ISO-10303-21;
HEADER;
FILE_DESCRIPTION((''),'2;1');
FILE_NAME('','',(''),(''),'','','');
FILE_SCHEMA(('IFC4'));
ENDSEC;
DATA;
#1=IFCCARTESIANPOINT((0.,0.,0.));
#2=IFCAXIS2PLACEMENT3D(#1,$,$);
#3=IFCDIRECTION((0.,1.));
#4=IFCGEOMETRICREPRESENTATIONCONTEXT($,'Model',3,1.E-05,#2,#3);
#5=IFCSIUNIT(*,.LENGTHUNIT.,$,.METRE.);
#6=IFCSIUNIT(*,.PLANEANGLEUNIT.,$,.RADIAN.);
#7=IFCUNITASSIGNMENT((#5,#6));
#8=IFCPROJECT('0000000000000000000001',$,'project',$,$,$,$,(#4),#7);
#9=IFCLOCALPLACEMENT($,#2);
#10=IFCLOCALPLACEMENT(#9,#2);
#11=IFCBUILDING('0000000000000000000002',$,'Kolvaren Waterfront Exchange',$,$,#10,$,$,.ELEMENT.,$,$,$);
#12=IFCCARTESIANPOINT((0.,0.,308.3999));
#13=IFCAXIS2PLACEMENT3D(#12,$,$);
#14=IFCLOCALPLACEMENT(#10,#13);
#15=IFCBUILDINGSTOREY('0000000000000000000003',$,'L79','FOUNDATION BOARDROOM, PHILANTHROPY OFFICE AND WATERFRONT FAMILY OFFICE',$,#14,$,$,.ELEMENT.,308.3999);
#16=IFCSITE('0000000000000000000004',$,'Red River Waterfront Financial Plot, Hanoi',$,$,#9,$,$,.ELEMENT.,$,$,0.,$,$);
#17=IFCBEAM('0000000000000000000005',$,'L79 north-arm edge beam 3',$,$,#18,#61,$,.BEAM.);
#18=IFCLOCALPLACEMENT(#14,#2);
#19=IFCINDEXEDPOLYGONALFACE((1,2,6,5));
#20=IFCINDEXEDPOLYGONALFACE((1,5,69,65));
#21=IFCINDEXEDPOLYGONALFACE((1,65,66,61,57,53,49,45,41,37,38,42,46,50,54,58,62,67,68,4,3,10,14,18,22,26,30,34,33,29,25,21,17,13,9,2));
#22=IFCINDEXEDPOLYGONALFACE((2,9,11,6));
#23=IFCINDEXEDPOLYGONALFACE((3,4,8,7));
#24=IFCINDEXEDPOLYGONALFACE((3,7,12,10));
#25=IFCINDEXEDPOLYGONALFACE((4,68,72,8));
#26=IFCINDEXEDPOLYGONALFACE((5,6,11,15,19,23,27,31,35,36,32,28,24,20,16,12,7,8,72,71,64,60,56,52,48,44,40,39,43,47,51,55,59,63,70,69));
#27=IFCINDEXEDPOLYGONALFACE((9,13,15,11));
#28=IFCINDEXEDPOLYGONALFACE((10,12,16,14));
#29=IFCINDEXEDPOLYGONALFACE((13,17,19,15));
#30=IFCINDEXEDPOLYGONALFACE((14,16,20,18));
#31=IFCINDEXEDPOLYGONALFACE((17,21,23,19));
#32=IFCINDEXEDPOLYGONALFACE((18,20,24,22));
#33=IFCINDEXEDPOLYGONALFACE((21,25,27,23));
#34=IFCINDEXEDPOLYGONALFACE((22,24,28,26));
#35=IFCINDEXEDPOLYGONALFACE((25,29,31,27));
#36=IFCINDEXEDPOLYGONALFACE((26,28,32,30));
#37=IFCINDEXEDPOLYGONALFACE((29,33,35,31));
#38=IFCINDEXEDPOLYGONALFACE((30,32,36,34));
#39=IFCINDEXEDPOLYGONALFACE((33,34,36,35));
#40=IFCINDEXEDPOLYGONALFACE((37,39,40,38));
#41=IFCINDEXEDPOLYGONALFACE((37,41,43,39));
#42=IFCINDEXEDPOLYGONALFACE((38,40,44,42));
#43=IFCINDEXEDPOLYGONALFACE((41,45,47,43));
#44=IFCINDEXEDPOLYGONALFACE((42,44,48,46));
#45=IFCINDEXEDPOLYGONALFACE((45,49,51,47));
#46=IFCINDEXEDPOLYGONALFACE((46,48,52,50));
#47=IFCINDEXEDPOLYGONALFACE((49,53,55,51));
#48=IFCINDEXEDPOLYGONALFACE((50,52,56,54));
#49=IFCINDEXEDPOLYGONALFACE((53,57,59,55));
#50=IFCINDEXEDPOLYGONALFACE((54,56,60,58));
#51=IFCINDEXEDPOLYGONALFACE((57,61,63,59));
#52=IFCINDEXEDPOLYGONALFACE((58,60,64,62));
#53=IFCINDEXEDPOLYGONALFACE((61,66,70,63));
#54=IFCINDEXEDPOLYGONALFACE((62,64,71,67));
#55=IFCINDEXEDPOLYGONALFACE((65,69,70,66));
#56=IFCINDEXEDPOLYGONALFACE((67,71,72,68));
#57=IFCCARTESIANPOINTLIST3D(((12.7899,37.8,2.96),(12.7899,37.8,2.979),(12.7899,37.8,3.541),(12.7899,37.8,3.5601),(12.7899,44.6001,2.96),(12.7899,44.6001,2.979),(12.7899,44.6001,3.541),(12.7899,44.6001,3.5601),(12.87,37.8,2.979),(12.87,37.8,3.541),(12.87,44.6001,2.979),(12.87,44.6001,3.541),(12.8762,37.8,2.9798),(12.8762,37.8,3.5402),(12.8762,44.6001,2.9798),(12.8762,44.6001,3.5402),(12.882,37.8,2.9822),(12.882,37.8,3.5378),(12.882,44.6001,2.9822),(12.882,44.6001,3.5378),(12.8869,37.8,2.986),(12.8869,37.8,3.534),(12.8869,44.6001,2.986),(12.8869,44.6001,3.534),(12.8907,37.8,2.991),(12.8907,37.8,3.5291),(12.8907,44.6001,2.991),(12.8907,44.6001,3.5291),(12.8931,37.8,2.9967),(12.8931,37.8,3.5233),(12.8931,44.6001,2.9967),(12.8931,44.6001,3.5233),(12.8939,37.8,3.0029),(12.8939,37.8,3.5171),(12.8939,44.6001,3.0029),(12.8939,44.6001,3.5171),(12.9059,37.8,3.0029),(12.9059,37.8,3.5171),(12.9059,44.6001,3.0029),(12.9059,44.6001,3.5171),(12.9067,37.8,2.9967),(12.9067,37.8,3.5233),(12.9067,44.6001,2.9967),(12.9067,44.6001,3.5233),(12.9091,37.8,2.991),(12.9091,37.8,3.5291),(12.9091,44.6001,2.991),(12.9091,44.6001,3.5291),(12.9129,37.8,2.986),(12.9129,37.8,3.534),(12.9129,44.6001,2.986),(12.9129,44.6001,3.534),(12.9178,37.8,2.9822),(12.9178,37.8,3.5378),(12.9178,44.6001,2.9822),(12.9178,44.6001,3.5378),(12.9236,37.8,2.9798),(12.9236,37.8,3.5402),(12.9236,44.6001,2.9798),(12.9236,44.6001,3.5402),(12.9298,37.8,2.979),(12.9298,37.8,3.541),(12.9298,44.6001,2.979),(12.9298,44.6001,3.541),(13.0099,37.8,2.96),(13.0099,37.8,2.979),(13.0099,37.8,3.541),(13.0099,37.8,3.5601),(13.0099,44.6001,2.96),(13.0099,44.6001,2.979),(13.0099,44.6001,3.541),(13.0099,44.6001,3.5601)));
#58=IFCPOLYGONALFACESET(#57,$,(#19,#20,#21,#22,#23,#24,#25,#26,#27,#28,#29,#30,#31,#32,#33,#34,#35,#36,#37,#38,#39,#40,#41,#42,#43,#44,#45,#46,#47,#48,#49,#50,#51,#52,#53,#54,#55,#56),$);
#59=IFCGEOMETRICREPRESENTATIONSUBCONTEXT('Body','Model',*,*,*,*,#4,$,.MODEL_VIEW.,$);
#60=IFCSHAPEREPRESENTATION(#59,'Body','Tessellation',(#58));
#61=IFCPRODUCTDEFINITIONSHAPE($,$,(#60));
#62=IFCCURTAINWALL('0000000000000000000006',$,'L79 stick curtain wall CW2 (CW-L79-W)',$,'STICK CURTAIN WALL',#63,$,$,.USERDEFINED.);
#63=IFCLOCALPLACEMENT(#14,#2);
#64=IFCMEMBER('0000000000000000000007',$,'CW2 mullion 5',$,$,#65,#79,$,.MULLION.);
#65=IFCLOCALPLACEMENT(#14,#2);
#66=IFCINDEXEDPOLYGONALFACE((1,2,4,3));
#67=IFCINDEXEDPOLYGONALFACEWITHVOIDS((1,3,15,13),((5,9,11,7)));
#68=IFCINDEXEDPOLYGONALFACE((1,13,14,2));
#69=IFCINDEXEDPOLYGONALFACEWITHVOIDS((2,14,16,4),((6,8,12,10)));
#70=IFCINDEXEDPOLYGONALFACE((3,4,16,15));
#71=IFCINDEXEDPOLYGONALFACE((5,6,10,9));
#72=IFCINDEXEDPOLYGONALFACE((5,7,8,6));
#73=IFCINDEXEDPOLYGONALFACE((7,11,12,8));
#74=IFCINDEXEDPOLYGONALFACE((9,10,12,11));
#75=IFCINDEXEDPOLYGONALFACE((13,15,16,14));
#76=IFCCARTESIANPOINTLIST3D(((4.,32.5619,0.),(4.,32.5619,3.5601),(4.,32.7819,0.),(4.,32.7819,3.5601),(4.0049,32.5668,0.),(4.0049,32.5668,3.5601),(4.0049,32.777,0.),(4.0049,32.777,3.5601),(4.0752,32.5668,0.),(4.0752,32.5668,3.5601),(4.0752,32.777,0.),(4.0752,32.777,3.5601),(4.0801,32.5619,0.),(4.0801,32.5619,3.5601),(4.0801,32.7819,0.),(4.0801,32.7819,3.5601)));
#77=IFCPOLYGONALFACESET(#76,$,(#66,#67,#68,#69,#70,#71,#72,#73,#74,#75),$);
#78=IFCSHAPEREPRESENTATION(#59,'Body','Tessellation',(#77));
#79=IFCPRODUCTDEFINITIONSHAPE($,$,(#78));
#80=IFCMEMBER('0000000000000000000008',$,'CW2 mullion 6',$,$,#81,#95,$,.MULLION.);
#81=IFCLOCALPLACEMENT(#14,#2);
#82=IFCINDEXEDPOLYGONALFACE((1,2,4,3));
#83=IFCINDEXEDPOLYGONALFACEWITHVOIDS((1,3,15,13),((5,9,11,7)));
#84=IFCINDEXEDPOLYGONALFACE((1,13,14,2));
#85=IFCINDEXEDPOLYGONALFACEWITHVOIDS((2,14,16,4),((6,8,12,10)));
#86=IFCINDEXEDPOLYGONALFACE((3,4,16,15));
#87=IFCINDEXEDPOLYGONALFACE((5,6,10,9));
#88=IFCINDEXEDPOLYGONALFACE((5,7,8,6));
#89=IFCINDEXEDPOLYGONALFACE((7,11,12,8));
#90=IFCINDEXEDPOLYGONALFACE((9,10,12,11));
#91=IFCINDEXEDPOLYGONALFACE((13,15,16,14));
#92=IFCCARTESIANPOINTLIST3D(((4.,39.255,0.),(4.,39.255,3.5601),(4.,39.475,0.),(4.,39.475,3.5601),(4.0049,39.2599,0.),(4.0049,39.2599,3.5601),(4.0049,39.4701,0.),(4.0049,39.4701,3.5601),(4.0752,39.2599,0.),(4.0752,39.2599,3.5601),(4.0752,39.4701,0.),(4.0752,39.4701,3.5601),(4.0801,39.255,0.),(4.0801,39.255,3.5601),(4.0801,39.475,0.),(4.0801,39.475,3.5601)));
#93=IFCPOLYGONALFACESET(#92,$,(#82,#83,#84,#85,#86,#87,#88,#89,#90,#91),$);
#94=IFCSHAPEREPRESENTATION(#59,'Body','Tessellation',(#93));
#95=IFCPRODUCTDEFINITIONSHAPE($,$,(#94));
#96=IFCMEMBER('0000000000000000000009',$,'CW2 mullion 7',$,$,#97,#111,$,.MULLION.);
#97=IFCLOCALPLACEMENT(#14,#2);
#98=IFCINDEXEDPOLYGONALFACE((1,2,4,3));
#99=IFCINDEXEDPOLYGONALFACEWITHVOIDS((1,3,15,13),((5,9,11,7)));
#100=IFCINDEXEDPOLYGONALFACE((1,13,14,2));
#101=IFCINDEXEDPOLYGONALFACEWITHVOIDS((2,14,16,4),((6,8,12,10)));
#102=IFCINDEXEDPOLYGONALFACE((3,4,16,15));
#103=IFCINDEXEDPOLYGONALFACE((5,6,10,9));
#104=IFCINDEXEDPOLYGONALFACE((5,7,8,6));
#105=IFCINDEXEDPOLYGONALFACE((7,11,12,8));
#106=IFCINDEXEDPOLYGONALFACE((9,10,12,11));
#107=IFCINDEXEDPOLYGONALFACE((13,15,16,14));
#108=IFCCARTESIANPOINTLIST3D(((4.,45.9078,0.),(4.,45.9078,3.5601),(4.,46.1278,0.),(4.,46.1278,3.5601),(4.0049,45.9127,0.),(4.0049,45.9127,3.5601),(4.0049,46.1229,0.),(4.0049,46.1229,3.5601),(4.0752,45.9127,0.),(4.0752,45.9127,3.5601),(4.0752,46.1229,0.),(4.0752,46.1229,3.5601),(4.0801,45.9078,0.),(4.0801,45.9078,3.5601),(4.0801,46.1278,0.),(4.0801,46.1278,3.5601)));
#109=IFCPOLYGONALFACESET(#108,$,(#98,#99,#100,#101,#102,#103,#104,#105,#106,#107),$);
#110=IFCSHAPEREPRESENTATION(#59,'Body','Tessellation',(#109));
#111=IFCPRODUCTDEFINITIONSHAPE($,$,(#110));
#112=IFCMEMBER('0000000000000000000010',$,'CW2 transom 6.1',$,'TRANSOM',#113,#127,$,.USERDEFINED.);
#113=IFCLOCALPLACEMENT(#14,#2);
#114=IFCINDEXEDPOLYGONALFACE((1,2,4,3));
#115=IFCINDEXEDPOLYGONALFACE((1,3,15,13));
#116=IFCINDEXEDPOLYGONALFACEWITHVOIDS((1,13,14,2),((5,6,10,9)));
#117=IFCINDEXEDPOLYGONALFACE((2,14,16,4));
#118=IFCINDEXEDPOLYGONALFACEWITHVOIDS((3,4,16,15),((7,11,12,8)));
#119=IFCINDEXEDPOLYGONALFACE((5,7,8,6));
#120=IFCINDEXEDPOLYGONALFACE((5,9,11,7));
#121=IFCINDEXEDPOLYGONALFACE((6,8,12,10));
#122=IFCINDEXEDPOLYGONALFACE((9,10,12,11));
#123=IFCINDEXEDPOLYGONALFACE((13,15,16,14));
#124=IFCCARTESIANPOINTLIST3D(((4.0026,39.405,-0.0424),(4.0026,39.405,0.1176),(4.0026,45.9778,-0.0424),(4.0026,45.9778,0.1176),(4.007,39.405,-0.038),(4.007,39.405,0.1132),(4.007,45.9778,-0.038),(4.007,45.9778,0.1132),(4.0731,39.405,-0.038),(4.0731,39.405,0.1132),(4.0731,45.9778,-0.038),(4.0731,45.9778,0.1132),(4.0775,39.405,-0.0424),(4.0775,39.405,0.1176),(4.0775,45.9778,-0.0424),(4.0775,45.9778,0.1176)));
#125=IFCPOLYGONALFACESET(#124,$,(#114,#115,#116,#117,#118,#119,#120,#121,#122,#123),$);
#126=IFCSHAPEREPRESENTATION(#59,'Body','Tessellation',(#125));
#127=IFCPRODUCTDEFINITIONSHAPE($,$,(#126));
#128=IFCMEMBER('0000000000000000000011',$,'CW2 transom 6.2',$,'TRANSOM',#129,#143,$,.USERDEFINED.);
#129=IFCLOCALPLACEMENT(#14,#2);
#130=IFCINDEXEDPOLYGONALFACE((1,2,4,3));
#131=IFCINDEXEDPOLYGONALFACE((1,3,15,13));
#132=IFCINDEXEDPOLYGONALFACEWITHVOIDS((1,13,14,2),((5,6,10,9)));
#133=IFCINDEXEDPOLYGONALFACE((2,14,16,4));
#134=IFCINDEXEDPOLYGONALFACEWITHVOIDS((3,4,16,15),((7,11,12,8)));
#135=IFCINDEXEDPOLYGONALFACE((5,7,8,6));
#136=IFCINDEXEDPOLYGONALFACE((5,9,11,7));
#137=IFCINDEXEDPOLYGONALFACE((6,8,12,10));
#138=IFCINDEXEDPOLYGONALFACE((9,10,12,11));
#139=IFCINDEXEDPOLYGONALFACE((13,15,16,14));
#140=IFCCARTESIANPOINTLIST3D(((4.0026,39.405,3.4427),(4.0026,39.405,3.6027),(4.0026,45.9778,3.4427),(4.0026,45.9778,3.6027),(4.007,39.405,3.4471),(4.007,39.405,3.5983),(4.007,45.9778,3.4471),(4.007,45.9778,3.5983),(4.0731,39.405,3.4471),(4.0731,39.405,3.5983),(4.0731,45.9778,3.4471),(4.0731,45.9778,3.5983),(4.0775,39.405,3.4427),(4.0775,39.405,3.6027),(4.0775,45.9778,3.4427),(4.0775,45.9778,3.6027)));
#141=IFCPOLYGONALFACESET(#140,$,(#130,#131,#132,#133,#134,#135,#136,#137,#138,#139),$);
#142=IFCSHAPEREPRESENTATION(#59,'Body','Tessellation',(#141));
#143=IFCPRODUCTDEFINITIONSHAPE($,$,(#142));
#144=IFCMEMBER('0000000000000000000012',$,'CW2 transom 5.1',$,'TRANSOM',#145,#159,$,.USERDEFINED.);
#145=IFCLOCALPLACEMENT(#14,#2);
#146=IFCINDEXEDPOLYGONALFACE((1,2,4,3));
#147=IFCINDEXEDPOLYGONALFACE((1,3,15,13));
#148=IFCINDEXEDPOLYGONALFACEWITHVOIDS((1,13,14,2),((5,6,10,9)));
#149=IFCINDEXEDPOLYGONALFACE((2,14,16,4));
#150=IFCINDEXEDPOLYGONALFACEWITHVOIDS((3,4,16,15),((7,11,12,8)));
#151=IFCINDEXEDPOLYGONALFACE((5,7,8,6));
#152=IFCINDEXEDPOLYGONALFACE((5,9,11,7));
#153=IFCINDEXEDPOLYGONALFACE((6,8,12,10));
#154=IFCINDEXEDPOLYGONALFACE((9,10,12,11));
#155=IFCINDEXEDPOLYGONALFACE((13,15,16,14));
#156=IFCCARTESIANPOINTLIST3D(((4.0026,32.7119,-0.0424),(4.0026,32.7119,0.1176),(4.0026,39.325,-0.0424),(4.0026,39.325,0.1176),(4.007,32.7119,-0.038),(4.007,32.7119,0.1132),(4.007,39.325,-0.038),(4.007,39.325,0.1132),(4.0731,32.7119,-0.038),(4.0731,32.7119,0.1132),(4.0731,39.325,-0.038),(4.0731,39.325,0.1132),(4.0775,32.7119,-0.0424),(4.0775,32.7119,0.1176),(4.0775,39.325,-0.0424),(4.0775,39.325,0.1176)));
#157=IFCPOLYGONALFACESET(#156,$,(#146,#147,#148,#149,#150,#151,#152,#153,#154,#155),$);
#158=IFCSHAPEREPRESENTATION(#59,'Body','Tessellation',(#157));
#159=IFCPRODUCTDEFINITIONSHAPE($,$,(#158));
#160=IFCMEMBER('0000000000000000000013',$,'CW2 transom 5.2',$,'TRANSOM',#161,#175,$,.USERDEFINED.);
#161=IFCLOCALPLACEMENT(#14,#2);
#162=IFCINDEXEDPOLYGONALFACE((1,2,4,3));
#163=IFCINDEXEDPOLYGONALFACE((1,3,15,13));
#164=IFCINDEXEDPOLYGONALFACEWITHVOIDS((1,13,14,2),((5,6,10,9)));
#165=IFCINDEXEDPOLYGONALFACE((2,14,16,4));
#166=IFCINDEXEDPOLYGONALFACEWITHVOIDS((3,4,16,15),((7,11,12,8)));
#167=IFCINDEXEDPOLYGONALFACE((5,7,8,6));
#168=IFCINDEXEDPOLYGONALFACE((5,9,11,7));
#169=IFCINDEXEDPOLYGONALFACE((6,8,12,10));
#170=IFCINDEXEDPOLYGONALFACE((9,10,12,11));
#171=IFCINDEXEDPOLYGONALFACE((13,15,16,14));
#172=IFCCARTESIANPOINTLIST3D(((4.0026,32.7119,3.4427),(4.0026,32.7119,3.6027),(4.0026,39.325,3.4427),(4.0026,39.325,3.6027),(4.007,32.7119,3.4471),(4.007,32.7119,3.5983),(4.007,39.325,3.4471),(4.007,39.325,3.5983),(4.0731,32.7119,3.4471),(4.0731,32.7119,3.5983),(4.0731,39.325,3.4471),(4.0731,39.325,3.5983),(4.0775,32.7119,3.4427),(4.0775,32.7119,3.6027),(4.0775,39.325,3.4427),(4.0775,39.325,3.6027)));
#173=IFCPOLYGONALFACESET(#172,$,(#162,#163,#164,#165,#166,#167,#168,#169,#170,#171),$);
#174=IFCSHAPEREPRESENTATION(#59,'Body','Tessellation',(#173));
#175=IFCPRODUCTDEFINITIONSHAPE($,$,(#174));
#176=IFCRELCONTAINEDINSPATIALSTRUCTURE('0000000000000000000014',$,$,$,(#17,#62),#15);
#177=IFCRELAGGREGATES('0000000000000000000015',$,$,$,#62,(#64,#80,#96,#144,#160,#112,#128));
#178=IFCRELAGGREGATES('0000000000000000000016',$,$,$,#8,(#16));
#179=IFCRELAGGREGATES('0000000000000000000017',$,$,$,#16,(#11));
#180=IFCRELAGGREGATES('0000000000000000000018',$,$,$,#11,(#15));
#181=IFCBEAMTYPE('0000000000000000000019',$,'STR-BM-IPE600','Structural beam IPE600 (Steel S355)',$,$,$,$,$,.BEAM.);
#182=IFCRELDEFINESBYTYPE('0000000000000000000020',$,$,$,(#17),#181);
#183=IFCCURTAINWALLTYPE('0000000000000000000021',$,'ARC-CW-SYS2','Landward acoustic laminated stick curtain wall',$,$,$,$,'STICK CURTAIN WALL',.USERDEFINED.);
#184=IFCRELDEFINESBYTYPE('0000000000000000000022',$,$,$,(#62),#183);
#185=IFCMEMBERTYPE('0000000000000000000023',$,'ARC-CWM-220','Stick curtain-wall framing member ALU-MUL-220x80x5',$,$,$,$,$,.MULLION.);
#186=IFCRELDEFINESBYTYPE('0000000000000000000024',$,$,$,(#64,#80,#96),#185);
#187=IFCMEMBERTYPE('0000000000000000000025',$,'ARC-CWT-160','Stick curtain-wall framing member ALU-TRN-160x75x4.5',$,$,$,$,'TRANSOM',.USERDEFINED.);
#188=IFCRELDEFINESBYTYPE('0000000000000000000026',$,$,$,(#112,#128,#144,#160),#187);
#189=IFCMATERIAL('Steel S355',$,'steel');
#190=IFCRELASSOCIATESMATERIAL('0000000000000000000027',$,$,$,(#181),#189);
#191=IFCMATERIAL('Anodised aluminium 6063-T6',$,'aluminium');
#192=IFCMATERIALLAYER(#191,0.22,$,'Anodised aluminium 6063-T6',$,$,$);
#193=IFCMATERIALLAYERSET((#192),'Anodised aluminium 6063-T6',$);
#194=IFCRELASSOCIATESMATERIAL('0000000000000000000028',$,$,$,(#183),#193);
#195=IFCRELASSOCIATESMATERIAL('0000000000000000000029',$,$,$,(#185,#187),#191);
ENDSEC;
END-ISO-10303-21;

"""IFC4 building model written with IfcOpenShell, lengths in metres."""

from ifc_helpers import new_model, si_unit, direction, frame, origin, origin_with_axes, origin_2d, place, context, subcontext, project, spatial, hollow_rectangle, i_section, extrude, source, transform, mapped, material, layer, layer_set, material_profile, profile_set, type_object, element, aggregate, save


model = new_model("IFC4")

# Units and contexts
model_context = context("Model", 3, precision=1e-05, world=origin(), true_north=direction((0.0, 1.0)))
body_context = subcontext(model_context, "Body", "Model", "MODEL_VIEW")
ifc_project = project(units=[si_unit("LENGTHUNIT", "METRE"), si_unit("PLANEANGLEUNIT", "RADIAN")], contexts=[model_context])

# Site, building, storey
site_placement = place(None, origin())
site = spatial("IfcSite", under=ifc_project, at=site_placement, Name="Red River Waterfront Financial Plot, Hanoi", CompositionType="ELEMENT", RefElevation=0.0)
building_placement = place(site_placement, origin())
building = spatial("IfcBuilding", under=site, at=building_placement, Name="Kolvaren Waterfront Exchange", CompositionType="ELEMENT")
storey_placement = place(building_placement, frame((0.0, 0.0, 308.3999)))
storey = spatial("IfcBuildingStorey", under=building, at=storey_placement, Name="L79", Description="FOUNDATION BOARDROOM, PHILANTHROPY OFFICE AND WATERFRONT FAMILY OFFICE", CompositionType="ELEMENT", Elevation=308.3999)

# Beam
ifc_material_1 = material(Name="Steel S355", Category="steel")
ifc_material_profile_1 = material_profile(ifc_material_1, i_section(OverallWidth=0.22, OverallDepth=0.6001, WebThickness=0.012, FlangeThickness=0.019, FilletRadius=0.0239, at=origin_2d()), Name="IPE600")
ifc_profile_set_1 = profile_set([ifc_material_profile_1], Name="Steel S355")
beam_type_1 = type_object("IfcBeamType", Name="STR-BM-IPE600", Description="Structural beam IPE600 (Steel S355)", PredefinedType="BEAM", material=ifc_profile_set_1)
beam_1_placement = place(storey_placement, frame((12.8999, 37.8, 3.26), z_axis=(0.0, 1.0, 0.0), x_axis=(-1.0, 0.0, 0.0)))
element("IfcBeam", 1, at=beam_1_placement, inside=storey, type_object=beam_type_1, Name="L79 north-arm edge beam 3", PredefinedType="BEAM", context=body_context, shape_type="SweptSolid", body=[
    extrude(i_section(OverallWidth=0.22, OverallDepth=0.6001, WebThickness=0.012, FlangeThickness=0.019, FilletRadius=0.0239, at=origin_2d()), origin(), (0.0, 0.0, 1.0), 6.8),
])

# Curtain wall, members
ifc_material_2 = material(Name="Anodised aluminium 6063-T6", Category="aluminium")
ifc_layer_1 = layer(ifc_material_2, 0.22, Name="Anodised aluminium 6063-T6")
ifc_layer_set_1 = layer_set([ifc_layer_1], Name="Anodised aluminium 6063-T6")
curtain_wall_type = type_object("IfcCurtainWallType", Name="ARC-CW-SYS2", Description="Landward acoustic laminated stick curtain wall", ElementType="STICK CURTAIN WALL", PredefinedType="USERDEFINED", material=ifc_layer_set_1)
curtain_wall_placement = place(storey_placement, origin())
curtain_wall = element("IfcCurtainWall", 2, at=curtain_wall_placement, inside=storey, type_object=curtain_wall_type, Name="L79 stick curtain wall CW2 (CW-L79-W)", ObjectType="STICK CURTAIN WALL", PredefinedType="USERDEFINED")
ifc_material_profile_2 = material_profile(ifc_material_2, hollow_rectangle(XDim=0.0801, YDim=0.22, WallThickness=0.0049, at=origin_2d()), Name="ALU-MUL-220x80x5")
ifc_profile_set_2 = profile_set([ifc_material_profile_2], Name="Anodised aluminium 6063-T6")
member_type_1 = type_object("IfcMemberType", Name="ARC-CWM-220", Description="Stick curtain-wall framing member ALU-MUL-220x80x5", PredefinedType="MULLION", material=ifc_profile_set_2)
shared_shape_1 = source(origin_with_axes(), body_context, "Body", "SweptSolid", [
    extrude(hollow_rectangle(XDim=0.0801, YDim=0.22, WallThickness=0.0049, at=origin_2d()), origin(), (0.0, 0.0, 1.0), 3.5601),
])
member_1_placement = place(storey_placement, frame((4.04, 32.6719, 0.0), z_axis=(0.0, 0.0, 1.0), x_axis=(-1.0, 0.0, 0.0)))
member_1 = element("IfcMember", 3, at=member_1_placement, type_object=member_type_1, Name="CW2 mullion 5", PredefinedType="MULLION", context=body_context, shape_type="MappedRepresentation", body=[
    mapped(shared_shape_1, transform((0.0, 0.0, 0.0), x_axis=(1.0, 0.0, 0.0), y_axis=(0.0, 1.0, 0.0), z_axis=(0.0, 0.0, 1.0), scale=1.0)),
])
member_2_placement = place(storey_placement, frame((4.04, 39.365, 0.0), z_axis=(0.0, 0.0, 1.0), x_axis=(-1.0, 0.0, 0.0)))
member_2 = element("IfcMember", 4, at=member_2_placement, type_object=member_type_1, Name="CW2 mullion 6", PredefinedType="MULLION", context=body_context, shape_type="MappedRepresentation", body=[
    mapped(shared_shape_1, transform((0.0, 0.0, 0.0), x_axis=(1.0, 0.0, 0.0), y_axis=(0.0, 1.0, 0.0), z_axis=(0.0, 0.0, 1.0), scale=1.0)),
])
member_3_placement = place(storey_placement, frame((4.04, 46.0178, 0.0), z_axis=(0.0, 0.0, 1.0), x_axis=(-1.0, 0.0, 0.0)))
member_3 = element("IfcMember", 5, at=member_3_placement, type_object=member_type_1, Name="CW2 mullion 7", PredefinedType="MULLION", context=body_context, shape_type="MappedRepresentation", body=[
    mapped(shared_shape_1, transform((0.0, 0.0, 0.0), x_axis=(1.0, 0.0, 0.0), y_axis=(0.0, 1.0, 0.0), z_axis=(0.0, 0.0, 1.0), scale=1.0)),
])
ifc_material_profile_3 = material_profile(ifc_material_2, hollow_rectangle(XDim=0.075, YDim=0.1599, WallThickness=0.0044, at=origin_2d()), Name="ALU-TRN-160x75x4.5")
ifc_profile_set_3 = profile_set([ifc_material_profile_3], Name="Anodised aluminium 6063-T6")
member_type_2 = type_object("IfcMemberType", Name="ARC-CWT-160", Description="Stick curtain-wall framing member ALU-TRN-160x75x4.5", ElementType="TRANSOM", PredefinedType="USERDEFINED", material=ifc_profile_set_3)
shared_shape_2 = source(origin_with_axes(), body_context, "Body", "SweptSolid", [
    extrude(hollow_rectangle(XDim=0.075, YDim=0.1599, WallThickness=0.0044, at=origin_2d()), origin(), (0.0, 0.0, 1.0), 6.5728),
])
member_4_placement = place(storey_placement, frame((4.04, 39.405, 0.0376), z_axis=(0.0, 1.0, 0.0), x_axis=(-1.0, 0.0, 0.0)))
member_4 = element("IfcMember", 6, at=member_4_placement, type_object=member_type_2, Name="CW2 transom 6.1", ObjectType="TRANSOM", PredefinedType="USERDEFINED", context=body_context, shape_type="MappedRepresentation", body=[
    mapped(shared_shape_2, transform((0.0, 0.0, 0.0), x_axis=(1.0, 0.0, 0.0), y_axis=(0.0, 1.0, 0.0), z_axis=(0.0, 0.0, 1.0), scale=1.0)),
])
member_5_placement = place(storey_placement, frame((4.04, 39.405, 3.5227), z_axis=(0.0, 1.0, 0.0), x_axis=(-1.0, 0.0, 0.0)))
member_5 = element("IfcMember", 7, at=member_5_placement, type_object=member_type_2, Name="CW2 transom 6.2", ObjectType="TRANSOM", PredefinedType="USERDEFINED", context=body_context, shape_type="MappedRepresentation", body=[
    mapped(shared_shape_2, transform((0.0, 0.0, 0.0), x_axis=(1.0, 0.0, 0.0), y_axis=(0.0, 1.0, 0.0), z_axis=(0.0, 0.0, 1.0), scale=1.0)),
])
shared_shape_3 = source(origin_with_axes(), body_context, "Body", "SweptSolid", [
    extrude(hollow_rectangle(XDim=0.075, YDim=0.1599, WallThickness=0.0044, at=origin_2d()), origin(), (0.0, 0.0, 1.0), 6.613),
])
member_6_placement = place(storey_placement, frame((4.04, 32.7119, 0.0376), z_axis=(0.0, 1.0, 0.0), x_axis=(-1.0, 0.0, 0.0)))
member_6 = element("IfcMember", 8, at=member_6_placement, type_object=member_type_2, Name="CW2 transom 5.1", ObjectType="TRANSOM", PredefinedType="USERDEFINED", context=body_context, shape_type="MappedRepresentation", body=[
    mapped(shared_shape_3, transform((0.0, 0.0, 0.0), x_axis=(1.0, 0.0, 0.0), y_axis=(0.0, 1.0, 0.0), z_axis=(0.0, 0.0, 1.0), scale=1.0)),
])
member_7_placement = place(storey_placement, frame((4.04, 32.7119, 3.5227), z_axis=(0.0, 1.0, 0.0), x_axis=(-1.0, 0.0, 0.0)))
member_7 = element("IfcMember", 9, at=member_7_placement, type_object=member_type_2, Name="CW2 transom 5.2", ObjectType="TRANSOM", PredefinedType="USERDEFINED", context=body_context, shape_type="MappedRepresentation", body=[
    mapped(shared_shape_3, transform((0.0, 0.0, 0.0), x_axis=(1.0, 0.0, 0.0), y_axis=(0.0, 1.0, 0.0), z_axis=(0.0, 0.0, 1.0), scale=1.0)),
])
aggregate(curtain_wall, [member_1, member_2, member_3, member_6, member_7, member_4, member_5])

save(model, "model.ifc")
